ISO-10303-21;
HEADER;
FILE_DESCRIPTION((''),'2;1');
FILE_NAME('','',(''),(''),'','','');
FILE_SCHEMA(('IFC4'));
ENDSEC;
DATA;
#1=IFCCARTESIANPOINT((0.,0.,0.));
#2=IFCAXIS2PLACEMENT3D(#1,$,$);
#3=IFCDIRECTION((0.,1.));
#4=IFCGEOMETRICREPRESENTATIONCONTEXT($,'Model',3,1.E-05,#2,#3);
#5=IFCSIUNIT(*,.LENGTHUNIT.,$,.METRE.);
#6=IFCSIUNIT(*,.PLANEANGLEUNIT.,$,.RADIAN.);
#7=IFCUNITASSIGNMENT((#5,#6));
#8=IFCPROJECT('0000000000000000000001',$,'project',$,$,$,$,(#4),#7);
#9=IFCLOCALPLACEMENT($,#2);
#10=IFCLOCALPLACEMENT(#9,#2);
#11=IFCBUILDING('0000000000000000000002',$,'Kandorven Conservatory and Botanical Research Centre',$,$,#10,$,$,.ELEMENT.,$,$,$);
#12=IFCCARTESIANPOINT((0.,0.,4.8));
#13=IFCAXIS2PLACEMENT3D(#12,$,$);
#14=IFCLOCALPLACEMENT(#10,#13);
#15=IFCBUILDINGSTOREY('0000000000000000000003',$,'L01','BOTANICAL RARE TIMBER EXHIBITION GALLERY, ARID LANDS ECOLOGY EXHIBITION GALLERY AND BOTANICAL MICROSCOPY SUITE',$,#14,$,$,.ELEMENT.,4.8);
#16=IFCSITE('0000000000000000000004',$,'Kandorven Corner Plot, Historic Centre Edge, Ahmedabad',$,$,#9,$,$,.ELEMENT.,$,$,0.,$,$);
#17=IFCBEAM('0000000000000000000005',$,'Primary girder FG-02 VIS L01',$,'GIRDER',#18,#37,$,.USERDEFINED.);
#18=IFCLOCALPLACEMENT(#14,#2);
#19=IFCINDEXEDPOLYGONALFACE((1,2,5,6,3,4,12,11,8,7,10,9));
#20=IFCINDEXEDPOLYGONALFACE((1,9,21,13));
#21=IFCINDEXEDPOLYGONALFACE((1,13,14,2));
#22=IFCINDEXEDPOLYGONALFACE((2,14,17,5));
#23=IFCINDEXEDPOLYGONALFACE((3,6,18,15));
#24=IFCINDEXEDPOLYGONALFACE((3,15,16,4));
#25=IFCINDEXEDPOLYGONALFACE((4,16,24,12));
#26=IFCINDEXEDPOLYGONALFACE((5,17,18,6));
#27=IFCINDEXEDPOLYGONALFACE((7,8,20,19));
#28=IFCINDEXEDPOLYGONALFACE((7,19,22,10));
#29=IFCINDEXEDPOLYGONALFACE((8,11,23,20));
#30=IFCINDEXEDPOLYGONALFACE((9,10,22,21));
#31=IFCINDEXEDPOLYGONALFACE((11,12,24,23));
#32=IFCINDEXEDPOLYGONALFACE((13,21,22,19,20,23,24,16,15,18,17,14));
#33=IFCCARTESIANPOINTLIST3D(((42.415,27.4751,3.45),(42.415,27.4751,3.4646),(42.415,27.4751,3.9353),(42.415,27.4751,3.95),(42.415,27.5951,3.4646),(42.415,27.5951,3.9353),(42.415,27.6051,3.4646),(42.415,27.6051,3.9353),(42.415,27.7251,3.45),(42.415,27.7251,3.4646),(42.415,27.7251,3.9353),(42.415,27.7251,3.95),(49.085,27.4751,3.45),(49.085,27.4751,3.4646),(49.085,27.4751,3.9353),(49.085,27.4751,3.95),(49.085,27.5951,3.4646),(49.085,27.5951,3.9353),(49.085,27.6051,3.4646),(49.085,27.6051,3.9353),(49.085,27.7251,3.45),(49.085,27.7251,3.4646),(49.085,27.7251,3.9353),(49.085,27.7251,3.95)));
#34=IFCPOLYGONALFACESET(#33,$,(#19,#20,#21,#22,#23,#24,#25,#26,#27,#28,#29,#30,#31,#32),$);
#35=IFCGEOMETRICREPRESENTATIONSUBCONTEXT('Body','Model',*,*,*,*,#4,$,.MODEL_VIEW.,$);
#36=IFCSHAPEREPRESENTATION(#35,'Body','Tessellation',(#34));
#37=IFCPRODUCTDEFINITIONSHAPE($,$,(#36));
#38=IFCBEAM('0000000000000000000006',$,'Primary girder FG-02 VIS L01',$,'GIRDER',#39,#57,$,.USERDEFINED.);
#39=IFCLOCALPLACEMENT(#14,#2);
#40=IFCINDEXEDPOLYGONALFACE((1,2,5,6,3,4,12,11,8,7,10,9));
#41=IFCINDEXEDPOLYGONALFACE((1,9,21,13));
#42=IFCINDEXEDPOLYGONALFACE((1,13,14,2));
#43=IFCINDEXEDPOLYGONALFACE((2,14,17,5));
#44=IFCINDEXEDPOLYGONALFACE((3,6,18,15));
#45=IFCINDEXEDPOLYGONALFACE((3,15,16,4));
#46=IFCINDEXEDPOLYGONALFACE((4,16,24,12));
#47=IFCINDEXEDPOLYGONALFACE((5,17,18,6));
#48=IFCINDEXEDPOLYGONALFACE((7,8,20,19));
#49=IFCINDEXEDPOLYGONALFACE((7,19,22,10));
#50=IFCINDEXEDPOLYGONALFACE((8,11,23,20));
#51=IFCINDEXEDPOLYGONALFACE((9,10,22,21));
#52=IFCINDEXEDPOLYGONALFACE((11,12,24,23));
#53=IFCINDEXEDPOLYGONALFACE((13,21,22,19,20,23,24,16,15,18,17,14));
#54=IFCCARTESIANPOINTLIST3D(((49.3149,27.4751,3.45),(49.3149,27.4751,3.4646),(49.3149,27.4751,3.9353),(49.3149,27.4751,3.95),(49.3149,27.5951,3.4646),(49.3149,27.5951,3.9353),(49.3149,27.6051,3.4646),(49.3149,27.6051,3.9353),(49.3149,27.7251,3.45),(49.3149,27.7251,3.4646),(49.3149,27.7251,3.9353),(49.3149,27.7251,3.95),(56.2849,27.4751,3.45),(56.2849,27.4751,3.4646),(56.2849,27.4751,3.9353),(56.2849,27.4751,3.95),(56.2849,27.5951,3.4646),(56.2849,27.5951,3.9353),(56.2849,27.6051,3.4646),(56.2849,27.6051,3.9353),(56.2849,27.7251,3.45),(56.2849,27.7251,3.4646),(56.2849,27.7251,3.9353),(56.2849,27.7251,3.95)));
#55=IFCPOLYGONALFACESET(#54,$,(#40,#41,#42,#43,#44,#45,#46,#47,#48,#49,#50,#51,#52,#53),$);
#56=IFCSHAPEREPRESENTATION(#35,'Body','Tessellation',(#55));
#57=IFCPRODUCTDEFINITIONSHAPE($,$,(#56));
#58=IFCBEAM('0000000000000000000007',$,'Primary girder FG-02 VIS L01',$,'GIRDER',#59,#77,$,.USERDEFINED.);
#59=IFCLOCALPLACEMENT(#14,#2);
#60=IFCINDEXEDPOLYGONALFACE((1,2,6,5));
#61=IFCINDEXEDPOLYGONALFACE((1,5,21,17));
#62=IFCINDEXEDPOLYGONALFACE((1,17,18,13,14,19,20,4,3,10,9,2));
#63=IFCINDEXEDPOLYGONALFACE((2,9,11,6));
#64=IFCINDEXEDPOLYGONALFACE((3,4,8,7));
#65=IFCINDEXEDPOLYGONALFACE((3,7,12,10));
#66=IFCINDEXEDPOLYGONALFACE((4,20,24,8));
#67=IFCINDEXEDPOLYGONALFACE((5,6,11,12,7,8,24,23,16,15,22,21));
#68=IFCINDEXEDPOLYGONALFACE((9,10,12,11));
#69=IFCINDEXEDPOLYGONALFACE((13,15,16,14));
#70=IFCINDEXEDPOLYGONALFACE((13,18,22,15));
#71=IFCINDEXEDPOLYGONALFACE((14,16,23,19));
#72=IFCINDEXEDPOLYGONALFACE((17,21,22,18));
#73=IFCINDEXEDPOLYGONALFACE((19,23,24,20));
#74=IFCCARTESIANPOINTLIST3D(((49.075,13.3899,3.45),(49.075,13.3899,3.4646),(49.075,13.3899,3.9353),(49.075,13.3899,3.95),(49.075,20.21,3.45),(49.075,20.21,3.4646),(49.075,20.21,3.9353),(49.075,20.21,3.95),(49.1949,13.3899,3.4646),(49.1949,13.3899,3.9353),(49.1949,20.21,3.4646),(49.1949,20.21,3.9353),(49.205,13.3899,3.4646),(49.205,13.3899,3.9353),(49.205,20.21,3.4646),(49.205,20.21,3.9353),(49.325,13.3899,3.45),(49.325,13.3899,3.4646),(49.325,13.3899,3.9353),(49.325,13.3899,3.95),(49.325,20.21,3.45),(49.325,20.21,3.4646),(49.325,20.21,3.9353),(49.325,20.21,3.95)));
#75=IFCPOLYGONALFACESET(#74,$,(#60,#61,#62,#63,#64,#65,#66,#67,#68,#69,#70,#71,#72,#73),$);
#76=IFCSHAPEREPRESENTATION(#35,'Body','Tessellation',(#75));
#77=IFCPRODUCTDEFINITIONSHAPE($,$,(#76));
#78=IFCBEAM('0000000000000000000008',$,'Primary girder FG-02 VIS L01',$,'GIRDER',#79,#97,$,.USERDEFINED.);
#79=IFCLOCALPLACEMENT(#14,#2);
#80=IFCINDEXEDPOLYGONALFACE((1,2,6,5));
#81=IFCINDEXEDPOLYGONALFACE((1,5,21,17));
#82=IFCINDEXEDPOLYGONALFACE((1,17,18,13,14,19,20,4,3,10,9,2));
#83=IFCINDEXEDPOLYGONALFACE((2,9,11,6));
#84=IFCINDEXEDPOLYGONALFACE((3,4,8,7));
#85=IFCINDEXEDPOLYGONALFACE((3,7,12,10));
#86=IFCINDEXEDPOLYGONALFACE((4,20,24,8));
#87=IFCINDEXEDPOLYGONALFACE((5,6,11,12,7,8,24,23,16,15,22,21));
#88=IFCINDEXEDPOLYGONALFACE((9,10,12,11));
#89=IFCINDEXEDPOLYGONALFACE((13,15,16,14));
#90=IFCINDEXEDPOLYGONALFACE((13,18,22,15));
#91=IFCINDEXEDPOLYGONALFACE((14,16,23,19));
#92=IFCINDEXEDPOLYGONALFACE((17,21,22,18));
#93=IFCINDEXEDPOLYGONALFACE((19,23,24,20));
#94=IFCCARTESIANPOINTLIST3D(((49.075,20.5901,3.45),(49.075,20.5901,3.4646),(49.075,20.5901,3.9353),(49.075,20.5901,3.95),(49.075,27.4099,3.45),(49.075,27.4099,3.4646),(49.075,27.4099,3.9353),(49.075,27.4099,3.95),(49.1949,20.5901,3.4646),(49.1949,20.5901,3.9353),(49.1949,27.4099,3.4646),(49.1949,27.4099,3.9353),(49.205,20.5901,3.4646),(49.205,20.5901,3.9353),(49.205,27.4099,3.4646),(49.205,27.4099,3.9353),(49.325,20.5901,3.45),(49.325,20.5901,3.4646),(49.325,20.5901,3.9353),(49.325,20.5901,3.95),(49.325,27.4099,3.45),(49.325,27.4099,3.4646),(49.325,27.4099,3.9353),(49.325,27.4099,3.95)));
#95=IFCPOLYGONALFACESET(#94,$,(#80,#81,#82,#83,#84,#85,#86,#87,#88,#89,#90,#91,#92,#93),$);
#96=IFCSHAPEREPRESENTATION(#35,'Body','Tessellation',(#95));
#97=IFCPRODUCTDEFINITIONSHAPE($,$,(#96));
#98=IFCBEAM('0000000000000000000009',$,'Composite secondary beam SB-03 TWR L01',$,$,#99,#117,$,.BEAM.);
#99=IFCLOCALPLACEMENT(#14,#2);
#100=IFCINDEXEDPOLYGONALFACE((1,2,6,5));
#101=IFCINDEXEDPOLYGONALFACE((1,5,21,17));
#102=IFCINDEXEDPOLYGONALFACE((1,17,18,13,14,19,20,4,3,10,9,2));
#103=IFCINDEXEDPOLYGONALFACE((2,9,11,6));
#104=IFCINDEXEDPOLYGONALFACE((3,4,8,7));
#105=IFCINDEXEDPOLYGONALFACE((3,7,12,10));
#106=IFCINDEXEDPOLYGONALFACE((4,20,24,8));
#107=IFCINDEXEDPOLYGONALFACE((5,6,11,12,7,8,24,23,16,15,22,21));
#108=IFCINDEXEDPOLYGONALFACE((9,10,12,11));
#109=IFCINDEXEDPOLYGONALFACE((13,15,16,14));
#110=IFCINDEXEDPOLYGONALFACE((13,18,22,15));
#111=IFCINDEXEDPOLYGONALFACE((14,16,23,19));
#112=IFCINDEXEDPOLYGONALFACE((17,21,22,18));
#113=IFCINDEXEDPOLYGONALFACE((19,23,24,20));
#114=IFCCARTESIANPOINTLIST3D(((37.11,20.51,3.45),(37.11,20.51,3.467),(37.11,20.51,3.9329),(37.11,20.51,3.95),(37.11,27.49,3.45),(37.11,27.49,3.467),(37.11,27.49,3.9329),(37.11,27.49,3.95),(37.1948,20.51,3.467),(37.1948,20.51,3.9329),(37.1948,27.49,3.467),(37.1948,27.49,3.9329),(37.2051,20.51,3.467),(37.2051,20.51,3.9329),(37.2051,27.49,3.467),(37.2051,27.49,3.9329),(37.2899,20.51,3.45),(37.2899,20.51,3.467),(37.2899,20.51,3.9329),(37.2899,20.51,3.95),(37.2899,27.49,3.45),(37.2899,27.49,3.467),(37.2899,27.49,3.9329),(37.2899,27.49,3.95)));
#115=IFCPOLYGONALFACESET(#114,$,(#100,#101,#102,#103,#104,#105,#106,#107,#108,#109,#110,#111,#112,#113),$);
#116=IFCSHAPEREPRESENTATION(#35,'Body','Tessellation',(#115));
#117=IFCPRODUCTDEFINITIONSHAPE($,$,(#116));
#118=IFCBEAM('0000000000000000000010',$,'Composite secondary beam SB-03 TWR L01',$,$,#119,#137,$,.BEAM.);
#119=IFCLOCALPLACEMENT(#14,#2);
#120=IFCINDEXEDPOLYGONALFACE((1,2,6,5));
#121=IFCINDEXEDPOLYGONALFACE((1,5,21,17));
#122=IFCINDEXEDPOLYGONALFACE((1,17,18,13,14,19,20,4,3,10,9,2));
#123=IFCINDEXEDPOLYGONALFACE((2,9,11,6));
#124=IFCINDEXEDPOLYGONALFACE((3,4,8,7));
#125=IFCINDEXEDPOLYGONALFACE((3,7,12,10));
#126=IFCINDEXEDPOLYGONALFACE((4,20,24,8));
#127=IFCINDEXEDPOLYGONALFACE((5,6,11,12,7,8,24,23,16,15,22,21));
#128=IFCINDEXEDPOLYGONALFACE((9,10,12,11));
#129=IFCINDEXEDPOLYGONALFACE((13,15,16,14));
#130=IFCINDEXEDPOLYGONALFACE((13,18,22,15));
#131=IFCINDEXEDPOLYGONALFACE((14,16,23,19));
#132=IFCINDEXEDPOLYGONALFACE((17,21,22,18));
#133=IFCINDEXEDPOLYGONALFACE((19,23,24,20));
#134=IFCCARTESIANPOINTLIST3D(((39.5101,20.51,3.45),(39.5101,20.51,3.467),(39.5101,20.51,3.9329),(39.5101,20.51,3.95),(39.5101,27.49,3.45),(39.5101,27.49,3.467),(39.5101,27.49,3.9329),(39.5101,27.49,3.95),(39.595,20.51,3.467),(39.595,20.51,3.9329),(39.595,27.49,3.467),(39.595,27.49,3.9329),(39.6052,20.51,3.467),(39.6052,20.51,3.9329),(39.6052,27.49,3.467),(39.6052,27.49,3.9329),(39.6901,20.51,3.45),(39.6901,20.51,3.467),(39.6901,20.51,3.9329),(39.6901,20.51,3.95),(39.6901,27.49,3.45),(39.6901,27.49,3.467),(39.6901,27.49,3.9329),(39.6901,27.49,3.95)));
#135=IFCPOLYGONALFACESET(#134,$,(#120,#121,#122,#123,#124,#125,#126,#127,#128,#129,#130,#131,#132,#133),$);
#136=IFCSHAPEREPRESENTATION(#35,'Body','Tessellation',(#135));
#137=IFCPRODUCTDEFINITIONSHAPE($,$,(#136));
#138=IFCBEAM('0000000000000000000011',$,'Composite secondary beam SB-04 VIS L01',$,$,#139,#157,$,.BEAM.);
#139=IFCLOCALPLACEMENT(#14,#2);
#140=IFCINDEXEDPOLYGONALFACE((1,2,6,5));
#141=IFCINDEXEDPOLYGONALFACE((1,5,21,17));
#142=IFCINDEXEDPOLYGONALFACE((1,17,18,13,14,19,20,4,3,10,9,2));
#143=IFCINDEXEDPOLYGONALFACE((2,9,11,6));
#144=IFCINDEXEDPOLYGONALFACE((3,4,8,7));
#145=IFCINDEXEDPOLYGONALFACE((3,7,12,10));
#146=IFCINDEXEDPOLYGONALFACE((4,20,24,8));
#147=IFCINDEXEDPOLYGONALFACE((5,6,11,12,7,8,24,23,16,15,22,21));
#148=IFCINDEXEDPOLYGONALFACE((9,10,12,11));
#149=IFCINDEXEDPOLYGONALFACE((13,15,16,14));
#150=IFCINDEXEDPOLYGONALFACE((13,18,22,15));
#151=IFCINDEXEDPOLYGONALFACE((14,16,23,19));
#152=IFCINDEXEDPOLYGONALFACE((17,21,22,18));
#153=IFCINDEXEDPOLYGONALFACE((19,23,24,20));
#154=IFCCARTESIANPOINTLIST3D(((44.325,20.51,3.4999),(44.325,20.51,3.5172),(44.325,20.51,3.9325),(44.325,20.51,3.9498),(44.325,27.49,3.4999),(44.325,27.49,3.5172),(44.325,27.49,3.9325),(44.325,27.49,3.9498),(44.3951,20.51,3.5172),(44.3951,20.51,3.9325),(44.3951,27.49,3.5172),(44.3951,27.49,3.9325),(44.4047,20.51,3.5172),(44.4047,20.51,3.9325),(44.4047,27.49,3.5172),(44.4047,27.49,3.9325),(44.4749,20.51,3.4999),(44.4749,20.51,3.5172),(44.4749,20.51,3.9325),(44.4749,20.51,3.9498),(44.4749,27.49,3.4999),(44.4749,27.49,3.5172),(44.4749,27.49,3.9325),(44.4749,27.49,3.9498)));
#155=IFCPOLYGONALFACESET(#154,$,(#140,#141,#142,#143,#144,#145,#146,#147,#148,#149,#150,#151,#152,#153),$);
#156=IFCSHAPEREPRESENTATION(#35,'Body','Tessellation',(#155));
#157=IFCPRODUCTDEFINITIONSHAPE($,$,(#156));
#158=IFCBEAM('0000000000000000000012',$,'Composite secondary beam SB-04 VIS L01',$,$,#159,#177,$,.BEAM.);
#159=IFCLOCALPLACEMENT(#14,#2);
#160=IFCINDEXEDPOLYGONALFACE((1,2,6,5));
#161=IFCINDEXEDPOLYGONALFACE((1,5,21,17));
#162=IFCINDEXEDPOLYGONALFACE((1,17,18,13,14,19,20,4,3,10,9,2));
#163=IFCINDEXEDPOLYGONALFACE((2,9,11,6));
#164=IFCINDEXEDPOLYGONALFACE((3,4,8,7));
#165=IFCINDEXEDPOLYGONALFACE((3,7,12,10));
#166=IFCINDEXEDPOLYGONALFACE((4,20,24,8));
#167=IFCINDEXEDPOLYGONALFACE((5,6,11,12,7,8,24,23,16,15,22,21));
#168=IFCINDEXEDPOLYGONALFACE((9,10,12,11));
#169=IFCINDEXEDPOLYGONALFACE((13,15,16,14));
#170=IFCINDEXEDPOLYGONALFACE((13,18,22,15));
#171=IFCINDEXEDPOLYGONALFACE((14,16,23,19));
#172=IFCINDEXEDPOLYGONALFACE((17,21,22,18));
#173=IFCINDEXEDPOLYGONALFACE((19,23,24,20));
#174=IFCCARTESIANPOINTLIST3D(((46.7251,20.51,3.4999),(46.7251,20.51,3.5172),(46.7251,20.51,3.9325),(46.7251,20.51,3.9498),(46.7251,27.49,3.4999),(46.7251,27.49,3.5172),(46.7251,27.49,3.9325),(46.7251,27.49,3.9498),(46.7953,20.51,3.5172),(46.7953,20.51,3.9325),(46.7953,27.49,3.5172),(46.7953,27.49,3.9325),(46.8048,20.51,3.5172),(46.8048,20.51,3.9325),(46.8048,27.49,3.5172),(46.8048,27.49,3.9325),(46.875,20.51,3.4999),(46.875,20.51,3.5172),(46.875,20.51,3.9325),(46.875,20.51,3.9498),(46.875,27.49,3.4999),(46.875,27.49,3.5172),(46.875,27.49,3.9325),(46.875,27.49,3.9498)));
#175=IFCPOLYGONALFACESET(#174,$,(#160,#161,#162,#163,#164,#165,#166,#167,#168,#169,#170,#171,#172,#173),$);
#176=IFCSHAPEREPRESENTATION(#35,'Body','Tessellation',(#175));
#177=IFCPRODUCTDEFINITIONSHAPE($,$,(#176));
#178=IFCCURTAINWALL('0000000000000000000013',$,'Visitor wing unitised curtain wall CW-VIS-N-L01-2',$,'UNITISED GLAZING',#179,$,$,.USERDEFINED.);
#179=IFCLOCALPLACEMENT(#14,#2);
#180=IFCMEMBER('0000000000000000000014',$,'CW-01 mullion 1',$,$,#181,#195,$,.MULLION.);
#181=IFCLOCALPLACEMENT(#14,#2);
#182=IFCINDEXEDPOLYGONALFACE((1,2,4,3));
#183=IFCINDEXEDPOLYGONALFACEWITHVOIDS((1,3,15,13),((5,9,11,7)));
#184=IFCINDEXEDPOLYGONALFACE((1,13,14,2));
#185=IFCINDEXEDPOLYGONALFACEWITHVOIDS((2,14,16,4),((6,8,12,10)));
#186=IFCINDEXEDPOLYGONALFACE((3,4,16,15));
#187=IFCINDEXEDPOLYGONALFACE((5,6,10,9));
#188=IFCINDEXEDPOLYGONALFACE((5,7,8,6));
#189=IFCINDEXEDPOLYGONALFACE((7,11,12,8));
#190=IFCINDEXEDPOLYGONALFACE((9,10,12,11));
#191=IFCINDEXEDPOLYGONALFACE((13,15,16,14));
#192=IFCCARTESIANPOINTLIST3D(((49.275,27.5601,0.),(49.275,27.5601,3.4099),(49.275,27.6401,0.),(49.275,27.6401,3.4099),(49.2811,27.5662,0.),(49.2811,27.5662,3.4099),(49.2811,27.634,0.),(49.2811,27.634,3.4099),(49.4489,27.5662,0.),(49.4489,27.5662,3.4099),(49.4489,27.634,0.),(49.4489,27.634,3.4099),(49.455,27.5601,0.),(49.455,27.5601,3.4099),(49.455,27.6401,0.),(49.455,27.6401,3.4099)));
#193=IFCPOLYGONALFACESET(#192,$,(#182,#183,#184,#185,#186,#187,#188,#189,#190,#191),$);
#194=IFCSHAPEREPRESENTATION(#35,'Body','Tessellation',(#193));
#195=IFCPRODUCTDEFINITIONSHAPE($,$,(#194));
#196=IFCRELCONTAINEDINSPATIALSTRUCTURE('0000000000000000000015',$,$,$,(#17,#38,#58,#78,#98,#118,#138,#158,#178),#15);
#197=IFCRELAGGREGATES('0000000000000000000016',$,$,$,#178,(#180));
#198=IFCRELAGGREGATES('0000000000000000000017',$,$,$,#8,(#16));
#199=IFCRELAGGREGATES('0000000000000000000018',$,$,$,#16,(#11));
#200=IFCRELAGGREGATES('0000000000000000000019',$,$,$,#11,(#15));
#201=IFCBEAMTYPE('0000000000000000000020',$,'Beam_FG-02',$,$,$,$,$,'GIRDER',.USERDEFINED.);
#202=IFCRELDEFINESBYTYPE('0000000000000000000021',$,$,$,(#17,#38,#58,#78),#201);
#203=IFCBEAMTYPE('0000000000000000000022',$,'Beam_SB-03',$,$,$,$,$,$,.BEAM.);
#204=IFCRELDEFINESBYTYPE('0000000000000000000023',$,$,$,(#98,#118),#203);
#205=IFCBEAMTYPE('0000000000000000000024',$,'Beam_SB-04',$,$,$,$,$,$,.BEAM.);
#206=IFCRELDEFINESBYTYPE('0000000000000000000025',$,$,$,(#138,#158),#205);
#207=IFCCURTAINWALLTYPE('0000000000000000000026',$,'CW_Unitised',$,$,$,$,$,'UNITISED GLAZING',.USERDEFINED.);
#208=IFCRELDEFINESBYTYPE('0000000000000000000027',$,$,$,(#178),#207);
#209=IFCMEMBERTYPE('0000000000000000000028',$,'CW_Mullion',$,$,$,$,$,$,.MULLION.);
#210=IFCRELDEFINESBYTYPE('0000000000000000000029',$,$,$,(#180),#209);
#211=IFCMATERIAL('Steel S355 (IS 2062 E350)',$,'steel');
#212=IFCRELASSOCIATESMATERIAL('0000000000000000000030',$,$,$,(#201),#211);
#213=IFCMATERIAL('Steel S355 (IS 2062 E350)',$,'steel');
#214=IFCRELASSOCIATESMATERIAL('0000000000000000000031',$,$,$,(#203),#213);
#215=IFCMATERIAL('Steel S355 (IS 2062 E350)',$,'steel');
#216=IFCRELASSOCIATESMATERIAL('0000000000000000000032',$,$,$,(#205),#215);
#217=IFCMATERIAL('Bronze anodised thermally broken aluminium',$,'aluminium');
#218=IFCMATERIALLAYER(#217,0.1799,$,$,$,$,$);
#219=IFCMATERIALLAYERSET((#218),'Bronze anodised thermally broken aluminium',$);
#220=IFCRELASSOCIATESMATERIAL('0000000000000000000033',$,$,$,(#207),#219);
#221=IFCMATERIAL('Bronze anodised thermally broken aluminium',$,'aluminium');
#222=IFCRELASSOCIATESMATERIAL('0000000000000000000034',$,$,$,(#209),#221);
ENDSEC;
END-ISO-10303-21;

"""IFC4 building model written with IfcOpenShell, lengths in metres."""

from ifc_helpers import new_model, si_unit, direction, frame, origin, origin_2d, place, context, subcontext, project, spatial, hollow_rectangle, i_section, extrude, material, layer, layer_set, material_profile, profile_set, type_object, element, aggregate, save


model = new_model("IFC4")

# Units and contexts
model_context = context("Model", 3, precision=1e-05, world=origin(), true_north=direction((0.0, 1.0)))
body_context = subcontext(model_context, "Body", "Model", "MODEL_VIEW")
ifc_project = project(units=[si_unit("LENGTHUNIT", "METRE"), si_unit("PLANEANGLEUNIT", "RADIAN")], contexts=[model_context])

# Site, building, storey
site_placement = place(None, origin())
site = spatial("IfcSite", under=ifc_project, at=site_placement, Name="Kandorven Corner Plot, Historic Centre Edge, Ahmedabad", CompositionType="ELEMENT", RefElevation=0.0)
building_placement = place(site_placement, origin())
building = spatial("IfcBuilding", under=site, at=building_placement, Name="Kandorven Conservatory and Botanical Research Centre", CompositionType="ELEMENT")
storey_placement = place(building_placement, frame((0.0, 0.0, 4.8)))
storey = spatial("IfcBuildingStorey", under=building, at=storey_placement, Name="L01", Description="BOTANICAL RARE TIMBER EXHIBITION GALLERY, ARID LANDS ECOLOGY EXHIBITION GALLERY AND BOTANICAL MICROSCOPY SUITE", CompositionType="ELEMENT", Elevation=4.8)

# Beams
ifc_material_1 = material(Name="Steel S355 (IS 2062 E350)", Category="steel")
ifc_material_profile_1 = material_profile(ifc_material_1, i_section(OverallWidth=0.25, OverallDepth=0.5, WebThickness=0.01, FlangeThickness=0.0146, at=origin_2d()))
ifc_profile_set_1 = profile_set([ifc_material_profile_1], Name="Steel S355 (IS 2062 E350)")
beam_type_1 = type_object("IfcBeamType", Name="Beam_FG-02", ElementType="GIRDER", PredefinedType="USERDEFINED", material=ifc_profile_set_1)
beam_1_placement = place(storey_placement, frame((42.415, 27.6001, 3.7), z_axis=(1.0, 0.0, 0.0), x_axis=(0.0, 1.0, 0.0)))
element("IfcBeam", 1, at=beam_1_placement, inside=storey, type_object=beam_type_1, Name="Primary girder FG-02 VIS L01", ObjectType="GIRDER", PredefinedType="USERDEFINED", context=body_context, shape_type="SweptSolid", body=[
    extrude(i_section(OverallWidth=0.25, OverallDepth=0.5, WebThickness=0.01, FlangeThickness=0.0146, at=origin_2d()), origin(), (0.0, 0.0, 1.0), 6.6699),
])
beam_2_placement = place(storey_placement, frame((49.3149, 27.6001, 3.7), z_axis=(1.0, 0.0, 0.0), x_axis=(0.0, 1.0, 0.0)))
element("IfcBeam", 2, at=beam_2_placement, inside=storey, type_object=beam_type_1, Name="Primary girder FG-02 VIS L01", ObjectType="GIRDER", PredefinedType="USERDEFINED", context=body_context, shape_type="SweptSolid", body=[
    extrude(i_section(OverallWidth=0.25, OverallDepth=0.5, WebThickness=0.01, FlangeThickness=0.0146, at=origin_2d()), origin(), (0.0, 0.0, 1.0), 6.97),
])
beam_3_placement = place(storey_placement, frame((49.2, 13.3899, 3.7), z_axis=(0.0, 1.0, 0.0), x_axis=(-1.0, 0.0, 0.0)))
element("IfcBeam", 3, at=beam_3_placement, inside=storey, type_object=beam_type_1, Name="Primary girder FG-02 VIS L01", ObjectType="GIRDER", PredefinedType="USERDEFINED", context=body_context, shape_type="SweptSolid", body=[
    extrude(i_section(OverallWidth=0.25, OverallDepth=0.5, WebThickness=0.01, FlangeThickness=0.0146, at=origin_2d()), origin(), (0.0, 0.0, 1.0), 6.8201),
])
beam_4_placement = place(storey_placement, frame((49.2, 20.5901, 3.7), z_axis=(0.0, 1.0, 0.0), x_axis=(-1.0, 0.0, 0.0)))
element("IfcBeam", 4, at=beam_4_placement, inside=storey, type_object=beam_type_1, Name="Primary girder FG-02 VIS L01", ObjectType="GIRDER", PredefinedType="USERDEFINED", context=body_context, shape_type="SweptSolid", body=[
    extrude(i_section(OverallWidth=0.25, OverallDepth=0.5, WebThickness=0.01, FlangeThickness=0.0146, at=origin_2d()), origin(), (0.0, 0.0, 1.0), 6.8198),
])
ifc_material_2 = material(Name="Steel S355 (IS 2062 E350)", Category="steel")
ifc_material_profile_2 = material_profile(ifc_material_2, i_section(OverallWidth=0.1799, OverallDepth=0.5, WebThickness=0.0103, FlangeThickness=0.0171, at=origin_2d()))
ifc_profile_set_2 = profile_set([ifc_material_profile_2], Name="Steel S355 (IS 2062 E350)")
beam_type_2 = type_object("IfcBeamType", Name="Beam_SB-03", PredefinedType="BEAM", material=ifc_profile_set_2)
for number, where, z_axis, x_axis, name in (
    (5, (37.2, 20.51, 3.7), (0.0, 1.0, 0.0), (-1.0, 0.0, 0.0), "Composite secondary beam SB-03 TWR L01"),
    (6, (39.6001, 20.51, 3.7), (0.0, 1.0, 0.0), (-1.0, 0.0, 0.0), "Composite secondary beam SB-03 TWR L01"),
):
    element("IfcBeam", number, at=place(storey_placement, frame(where, z_axis=z_axis, x_axis=x_axis)), inside=storey, type_object=beam_type_2, Name=name, PredefinedType="BEAM", context=body_context, shape_type="SweptSolid", body=[
        extrude(i_section(OverallWidth=0.1799, OverallDepth=0.5, WebThickness=0.0103, FlangeThickness=0.0171, at=origin_2d()), origin(), (0.0, 0.0, 1.0), 6.98),
    ])
ifc_material_3 = material(Name="Steel S355 (IS 2062 E350)", Category="steel")
ifc_material_profile_3 = material_profile(ifc_material_3, i_section(OverallWidth=0.1499, OverallDepth=0.45, WebThickness=0.0095, FlangeThickness=0.0173, at=origin_2d()))
ifc_profile_set_3 = profile_set([ifc_material_profile_3], Name="Steel S355 (IS 2062 E350)")
beam_type_3 = type_object("IfcBeamType", Name="Beam_SB-04", PredefinedType="BEAM", material=ifc_profile_set_3)
for number, where, z_axis, x_axis, name in (
    (7, (44.3999, 20.51, 3.7249), (0.0, 1.0, 0.0), (-1.0, 0.0, 0.0), "Composite secondary beam SB-04 VIS L01"),
    (8, (46.8, 20.51, 3.7249), (0.0, 1.0, 0.0), (-1.0, 0.0, 0.0), "Composite secondary beam SB-04 VIS L01"),
):
    element("IfcBeam", number, at=place(storey_placement, frame(where, z_axis=z_axis, x_axis=x_axis)), inside=storey, type_object=beam_type_3, Name=name, PredefinedType="BEAM", context=body_context, shape_type="SweptSolid", body=[
        extrude(i_section(OverallWidth=0.1499, OverallDepth=0.45, WebThickness=0.0095, FlangeThickness=0.0173, at=origin_2d()), origin(), (0.0, 0.0, 1.0), 6.98),
    ])

# Curtain wall, member
ifc_material_4 = material(Name="Bronze anodised thermally broken aluminium", Category="aluminium")
ifc_layer_1 = layer(ifc_material_4, 0.1799)
ifc_layer_set_1 = layer_set([ifc_layer_1], Name="Bronze anodised thermally broken aluminium")
curtain_wall_type = type_object("IfcCurtainWallType", Name="CW_Unitised", ElementType="UNITISED GLAZING", PredefinedType="USERDEFINED", material=ifc_layer_set_1)
curtain_wall_placement = place(storey_placement, origin())
curtain_wall = element("IfcCurtainWall", 9, at=curtain_wall_placement, inside=storey, type_object=curtain_wall_type, Name="Visitor wing unitised curtain wall CW-VIS-N-L01-2", ObjectType="UNITISED GLAZING", PredefinedType="USERDEFINED")
ifc_material_5 = material(Name="Bronze anodised thermally broken aluminium", Category="aluminium")
ifc_material_profile_4 = material_profile(ifc_material_5, hollow_rectangle(XDim=0.0801, YDim=0.1799, WallThickness=0.0061, at=origin_2d()))
ifc_profile_set_4 = profile_set([ifc_material_profile_4], Name="Bronze anodised thermally broken aluminium")
member_type_1 = type_object("IfcMemberType", Name="CW_Mullion", PredefinedType="MULLION", material=ifc_profile_set_4)
member_1_placement = place(storey_placement, frame((49.365, 27.6001, 0.0), z_axis=(0.0, 0.0, 1.0), x_axis=(0.0, 1.0, 0.0)))
member_1 = element("IfcMember", 10, at=member_1_placement, type_object=member_type_1, Name="CW-01 mullion 1", PredefinedType="MULLION", context=body_context, shape_type="SweptSolid", body=[
    extrude(hollow_rectangle(XDim=0.0801, YDim=0.1799, WallThickness=0.0061, at=origin_2d()), origin(), (0.0, 0.0, 1.0), 3.4099),
])
aggregate(curtain_wall, [member_1])

save(model, "model.ifc")
